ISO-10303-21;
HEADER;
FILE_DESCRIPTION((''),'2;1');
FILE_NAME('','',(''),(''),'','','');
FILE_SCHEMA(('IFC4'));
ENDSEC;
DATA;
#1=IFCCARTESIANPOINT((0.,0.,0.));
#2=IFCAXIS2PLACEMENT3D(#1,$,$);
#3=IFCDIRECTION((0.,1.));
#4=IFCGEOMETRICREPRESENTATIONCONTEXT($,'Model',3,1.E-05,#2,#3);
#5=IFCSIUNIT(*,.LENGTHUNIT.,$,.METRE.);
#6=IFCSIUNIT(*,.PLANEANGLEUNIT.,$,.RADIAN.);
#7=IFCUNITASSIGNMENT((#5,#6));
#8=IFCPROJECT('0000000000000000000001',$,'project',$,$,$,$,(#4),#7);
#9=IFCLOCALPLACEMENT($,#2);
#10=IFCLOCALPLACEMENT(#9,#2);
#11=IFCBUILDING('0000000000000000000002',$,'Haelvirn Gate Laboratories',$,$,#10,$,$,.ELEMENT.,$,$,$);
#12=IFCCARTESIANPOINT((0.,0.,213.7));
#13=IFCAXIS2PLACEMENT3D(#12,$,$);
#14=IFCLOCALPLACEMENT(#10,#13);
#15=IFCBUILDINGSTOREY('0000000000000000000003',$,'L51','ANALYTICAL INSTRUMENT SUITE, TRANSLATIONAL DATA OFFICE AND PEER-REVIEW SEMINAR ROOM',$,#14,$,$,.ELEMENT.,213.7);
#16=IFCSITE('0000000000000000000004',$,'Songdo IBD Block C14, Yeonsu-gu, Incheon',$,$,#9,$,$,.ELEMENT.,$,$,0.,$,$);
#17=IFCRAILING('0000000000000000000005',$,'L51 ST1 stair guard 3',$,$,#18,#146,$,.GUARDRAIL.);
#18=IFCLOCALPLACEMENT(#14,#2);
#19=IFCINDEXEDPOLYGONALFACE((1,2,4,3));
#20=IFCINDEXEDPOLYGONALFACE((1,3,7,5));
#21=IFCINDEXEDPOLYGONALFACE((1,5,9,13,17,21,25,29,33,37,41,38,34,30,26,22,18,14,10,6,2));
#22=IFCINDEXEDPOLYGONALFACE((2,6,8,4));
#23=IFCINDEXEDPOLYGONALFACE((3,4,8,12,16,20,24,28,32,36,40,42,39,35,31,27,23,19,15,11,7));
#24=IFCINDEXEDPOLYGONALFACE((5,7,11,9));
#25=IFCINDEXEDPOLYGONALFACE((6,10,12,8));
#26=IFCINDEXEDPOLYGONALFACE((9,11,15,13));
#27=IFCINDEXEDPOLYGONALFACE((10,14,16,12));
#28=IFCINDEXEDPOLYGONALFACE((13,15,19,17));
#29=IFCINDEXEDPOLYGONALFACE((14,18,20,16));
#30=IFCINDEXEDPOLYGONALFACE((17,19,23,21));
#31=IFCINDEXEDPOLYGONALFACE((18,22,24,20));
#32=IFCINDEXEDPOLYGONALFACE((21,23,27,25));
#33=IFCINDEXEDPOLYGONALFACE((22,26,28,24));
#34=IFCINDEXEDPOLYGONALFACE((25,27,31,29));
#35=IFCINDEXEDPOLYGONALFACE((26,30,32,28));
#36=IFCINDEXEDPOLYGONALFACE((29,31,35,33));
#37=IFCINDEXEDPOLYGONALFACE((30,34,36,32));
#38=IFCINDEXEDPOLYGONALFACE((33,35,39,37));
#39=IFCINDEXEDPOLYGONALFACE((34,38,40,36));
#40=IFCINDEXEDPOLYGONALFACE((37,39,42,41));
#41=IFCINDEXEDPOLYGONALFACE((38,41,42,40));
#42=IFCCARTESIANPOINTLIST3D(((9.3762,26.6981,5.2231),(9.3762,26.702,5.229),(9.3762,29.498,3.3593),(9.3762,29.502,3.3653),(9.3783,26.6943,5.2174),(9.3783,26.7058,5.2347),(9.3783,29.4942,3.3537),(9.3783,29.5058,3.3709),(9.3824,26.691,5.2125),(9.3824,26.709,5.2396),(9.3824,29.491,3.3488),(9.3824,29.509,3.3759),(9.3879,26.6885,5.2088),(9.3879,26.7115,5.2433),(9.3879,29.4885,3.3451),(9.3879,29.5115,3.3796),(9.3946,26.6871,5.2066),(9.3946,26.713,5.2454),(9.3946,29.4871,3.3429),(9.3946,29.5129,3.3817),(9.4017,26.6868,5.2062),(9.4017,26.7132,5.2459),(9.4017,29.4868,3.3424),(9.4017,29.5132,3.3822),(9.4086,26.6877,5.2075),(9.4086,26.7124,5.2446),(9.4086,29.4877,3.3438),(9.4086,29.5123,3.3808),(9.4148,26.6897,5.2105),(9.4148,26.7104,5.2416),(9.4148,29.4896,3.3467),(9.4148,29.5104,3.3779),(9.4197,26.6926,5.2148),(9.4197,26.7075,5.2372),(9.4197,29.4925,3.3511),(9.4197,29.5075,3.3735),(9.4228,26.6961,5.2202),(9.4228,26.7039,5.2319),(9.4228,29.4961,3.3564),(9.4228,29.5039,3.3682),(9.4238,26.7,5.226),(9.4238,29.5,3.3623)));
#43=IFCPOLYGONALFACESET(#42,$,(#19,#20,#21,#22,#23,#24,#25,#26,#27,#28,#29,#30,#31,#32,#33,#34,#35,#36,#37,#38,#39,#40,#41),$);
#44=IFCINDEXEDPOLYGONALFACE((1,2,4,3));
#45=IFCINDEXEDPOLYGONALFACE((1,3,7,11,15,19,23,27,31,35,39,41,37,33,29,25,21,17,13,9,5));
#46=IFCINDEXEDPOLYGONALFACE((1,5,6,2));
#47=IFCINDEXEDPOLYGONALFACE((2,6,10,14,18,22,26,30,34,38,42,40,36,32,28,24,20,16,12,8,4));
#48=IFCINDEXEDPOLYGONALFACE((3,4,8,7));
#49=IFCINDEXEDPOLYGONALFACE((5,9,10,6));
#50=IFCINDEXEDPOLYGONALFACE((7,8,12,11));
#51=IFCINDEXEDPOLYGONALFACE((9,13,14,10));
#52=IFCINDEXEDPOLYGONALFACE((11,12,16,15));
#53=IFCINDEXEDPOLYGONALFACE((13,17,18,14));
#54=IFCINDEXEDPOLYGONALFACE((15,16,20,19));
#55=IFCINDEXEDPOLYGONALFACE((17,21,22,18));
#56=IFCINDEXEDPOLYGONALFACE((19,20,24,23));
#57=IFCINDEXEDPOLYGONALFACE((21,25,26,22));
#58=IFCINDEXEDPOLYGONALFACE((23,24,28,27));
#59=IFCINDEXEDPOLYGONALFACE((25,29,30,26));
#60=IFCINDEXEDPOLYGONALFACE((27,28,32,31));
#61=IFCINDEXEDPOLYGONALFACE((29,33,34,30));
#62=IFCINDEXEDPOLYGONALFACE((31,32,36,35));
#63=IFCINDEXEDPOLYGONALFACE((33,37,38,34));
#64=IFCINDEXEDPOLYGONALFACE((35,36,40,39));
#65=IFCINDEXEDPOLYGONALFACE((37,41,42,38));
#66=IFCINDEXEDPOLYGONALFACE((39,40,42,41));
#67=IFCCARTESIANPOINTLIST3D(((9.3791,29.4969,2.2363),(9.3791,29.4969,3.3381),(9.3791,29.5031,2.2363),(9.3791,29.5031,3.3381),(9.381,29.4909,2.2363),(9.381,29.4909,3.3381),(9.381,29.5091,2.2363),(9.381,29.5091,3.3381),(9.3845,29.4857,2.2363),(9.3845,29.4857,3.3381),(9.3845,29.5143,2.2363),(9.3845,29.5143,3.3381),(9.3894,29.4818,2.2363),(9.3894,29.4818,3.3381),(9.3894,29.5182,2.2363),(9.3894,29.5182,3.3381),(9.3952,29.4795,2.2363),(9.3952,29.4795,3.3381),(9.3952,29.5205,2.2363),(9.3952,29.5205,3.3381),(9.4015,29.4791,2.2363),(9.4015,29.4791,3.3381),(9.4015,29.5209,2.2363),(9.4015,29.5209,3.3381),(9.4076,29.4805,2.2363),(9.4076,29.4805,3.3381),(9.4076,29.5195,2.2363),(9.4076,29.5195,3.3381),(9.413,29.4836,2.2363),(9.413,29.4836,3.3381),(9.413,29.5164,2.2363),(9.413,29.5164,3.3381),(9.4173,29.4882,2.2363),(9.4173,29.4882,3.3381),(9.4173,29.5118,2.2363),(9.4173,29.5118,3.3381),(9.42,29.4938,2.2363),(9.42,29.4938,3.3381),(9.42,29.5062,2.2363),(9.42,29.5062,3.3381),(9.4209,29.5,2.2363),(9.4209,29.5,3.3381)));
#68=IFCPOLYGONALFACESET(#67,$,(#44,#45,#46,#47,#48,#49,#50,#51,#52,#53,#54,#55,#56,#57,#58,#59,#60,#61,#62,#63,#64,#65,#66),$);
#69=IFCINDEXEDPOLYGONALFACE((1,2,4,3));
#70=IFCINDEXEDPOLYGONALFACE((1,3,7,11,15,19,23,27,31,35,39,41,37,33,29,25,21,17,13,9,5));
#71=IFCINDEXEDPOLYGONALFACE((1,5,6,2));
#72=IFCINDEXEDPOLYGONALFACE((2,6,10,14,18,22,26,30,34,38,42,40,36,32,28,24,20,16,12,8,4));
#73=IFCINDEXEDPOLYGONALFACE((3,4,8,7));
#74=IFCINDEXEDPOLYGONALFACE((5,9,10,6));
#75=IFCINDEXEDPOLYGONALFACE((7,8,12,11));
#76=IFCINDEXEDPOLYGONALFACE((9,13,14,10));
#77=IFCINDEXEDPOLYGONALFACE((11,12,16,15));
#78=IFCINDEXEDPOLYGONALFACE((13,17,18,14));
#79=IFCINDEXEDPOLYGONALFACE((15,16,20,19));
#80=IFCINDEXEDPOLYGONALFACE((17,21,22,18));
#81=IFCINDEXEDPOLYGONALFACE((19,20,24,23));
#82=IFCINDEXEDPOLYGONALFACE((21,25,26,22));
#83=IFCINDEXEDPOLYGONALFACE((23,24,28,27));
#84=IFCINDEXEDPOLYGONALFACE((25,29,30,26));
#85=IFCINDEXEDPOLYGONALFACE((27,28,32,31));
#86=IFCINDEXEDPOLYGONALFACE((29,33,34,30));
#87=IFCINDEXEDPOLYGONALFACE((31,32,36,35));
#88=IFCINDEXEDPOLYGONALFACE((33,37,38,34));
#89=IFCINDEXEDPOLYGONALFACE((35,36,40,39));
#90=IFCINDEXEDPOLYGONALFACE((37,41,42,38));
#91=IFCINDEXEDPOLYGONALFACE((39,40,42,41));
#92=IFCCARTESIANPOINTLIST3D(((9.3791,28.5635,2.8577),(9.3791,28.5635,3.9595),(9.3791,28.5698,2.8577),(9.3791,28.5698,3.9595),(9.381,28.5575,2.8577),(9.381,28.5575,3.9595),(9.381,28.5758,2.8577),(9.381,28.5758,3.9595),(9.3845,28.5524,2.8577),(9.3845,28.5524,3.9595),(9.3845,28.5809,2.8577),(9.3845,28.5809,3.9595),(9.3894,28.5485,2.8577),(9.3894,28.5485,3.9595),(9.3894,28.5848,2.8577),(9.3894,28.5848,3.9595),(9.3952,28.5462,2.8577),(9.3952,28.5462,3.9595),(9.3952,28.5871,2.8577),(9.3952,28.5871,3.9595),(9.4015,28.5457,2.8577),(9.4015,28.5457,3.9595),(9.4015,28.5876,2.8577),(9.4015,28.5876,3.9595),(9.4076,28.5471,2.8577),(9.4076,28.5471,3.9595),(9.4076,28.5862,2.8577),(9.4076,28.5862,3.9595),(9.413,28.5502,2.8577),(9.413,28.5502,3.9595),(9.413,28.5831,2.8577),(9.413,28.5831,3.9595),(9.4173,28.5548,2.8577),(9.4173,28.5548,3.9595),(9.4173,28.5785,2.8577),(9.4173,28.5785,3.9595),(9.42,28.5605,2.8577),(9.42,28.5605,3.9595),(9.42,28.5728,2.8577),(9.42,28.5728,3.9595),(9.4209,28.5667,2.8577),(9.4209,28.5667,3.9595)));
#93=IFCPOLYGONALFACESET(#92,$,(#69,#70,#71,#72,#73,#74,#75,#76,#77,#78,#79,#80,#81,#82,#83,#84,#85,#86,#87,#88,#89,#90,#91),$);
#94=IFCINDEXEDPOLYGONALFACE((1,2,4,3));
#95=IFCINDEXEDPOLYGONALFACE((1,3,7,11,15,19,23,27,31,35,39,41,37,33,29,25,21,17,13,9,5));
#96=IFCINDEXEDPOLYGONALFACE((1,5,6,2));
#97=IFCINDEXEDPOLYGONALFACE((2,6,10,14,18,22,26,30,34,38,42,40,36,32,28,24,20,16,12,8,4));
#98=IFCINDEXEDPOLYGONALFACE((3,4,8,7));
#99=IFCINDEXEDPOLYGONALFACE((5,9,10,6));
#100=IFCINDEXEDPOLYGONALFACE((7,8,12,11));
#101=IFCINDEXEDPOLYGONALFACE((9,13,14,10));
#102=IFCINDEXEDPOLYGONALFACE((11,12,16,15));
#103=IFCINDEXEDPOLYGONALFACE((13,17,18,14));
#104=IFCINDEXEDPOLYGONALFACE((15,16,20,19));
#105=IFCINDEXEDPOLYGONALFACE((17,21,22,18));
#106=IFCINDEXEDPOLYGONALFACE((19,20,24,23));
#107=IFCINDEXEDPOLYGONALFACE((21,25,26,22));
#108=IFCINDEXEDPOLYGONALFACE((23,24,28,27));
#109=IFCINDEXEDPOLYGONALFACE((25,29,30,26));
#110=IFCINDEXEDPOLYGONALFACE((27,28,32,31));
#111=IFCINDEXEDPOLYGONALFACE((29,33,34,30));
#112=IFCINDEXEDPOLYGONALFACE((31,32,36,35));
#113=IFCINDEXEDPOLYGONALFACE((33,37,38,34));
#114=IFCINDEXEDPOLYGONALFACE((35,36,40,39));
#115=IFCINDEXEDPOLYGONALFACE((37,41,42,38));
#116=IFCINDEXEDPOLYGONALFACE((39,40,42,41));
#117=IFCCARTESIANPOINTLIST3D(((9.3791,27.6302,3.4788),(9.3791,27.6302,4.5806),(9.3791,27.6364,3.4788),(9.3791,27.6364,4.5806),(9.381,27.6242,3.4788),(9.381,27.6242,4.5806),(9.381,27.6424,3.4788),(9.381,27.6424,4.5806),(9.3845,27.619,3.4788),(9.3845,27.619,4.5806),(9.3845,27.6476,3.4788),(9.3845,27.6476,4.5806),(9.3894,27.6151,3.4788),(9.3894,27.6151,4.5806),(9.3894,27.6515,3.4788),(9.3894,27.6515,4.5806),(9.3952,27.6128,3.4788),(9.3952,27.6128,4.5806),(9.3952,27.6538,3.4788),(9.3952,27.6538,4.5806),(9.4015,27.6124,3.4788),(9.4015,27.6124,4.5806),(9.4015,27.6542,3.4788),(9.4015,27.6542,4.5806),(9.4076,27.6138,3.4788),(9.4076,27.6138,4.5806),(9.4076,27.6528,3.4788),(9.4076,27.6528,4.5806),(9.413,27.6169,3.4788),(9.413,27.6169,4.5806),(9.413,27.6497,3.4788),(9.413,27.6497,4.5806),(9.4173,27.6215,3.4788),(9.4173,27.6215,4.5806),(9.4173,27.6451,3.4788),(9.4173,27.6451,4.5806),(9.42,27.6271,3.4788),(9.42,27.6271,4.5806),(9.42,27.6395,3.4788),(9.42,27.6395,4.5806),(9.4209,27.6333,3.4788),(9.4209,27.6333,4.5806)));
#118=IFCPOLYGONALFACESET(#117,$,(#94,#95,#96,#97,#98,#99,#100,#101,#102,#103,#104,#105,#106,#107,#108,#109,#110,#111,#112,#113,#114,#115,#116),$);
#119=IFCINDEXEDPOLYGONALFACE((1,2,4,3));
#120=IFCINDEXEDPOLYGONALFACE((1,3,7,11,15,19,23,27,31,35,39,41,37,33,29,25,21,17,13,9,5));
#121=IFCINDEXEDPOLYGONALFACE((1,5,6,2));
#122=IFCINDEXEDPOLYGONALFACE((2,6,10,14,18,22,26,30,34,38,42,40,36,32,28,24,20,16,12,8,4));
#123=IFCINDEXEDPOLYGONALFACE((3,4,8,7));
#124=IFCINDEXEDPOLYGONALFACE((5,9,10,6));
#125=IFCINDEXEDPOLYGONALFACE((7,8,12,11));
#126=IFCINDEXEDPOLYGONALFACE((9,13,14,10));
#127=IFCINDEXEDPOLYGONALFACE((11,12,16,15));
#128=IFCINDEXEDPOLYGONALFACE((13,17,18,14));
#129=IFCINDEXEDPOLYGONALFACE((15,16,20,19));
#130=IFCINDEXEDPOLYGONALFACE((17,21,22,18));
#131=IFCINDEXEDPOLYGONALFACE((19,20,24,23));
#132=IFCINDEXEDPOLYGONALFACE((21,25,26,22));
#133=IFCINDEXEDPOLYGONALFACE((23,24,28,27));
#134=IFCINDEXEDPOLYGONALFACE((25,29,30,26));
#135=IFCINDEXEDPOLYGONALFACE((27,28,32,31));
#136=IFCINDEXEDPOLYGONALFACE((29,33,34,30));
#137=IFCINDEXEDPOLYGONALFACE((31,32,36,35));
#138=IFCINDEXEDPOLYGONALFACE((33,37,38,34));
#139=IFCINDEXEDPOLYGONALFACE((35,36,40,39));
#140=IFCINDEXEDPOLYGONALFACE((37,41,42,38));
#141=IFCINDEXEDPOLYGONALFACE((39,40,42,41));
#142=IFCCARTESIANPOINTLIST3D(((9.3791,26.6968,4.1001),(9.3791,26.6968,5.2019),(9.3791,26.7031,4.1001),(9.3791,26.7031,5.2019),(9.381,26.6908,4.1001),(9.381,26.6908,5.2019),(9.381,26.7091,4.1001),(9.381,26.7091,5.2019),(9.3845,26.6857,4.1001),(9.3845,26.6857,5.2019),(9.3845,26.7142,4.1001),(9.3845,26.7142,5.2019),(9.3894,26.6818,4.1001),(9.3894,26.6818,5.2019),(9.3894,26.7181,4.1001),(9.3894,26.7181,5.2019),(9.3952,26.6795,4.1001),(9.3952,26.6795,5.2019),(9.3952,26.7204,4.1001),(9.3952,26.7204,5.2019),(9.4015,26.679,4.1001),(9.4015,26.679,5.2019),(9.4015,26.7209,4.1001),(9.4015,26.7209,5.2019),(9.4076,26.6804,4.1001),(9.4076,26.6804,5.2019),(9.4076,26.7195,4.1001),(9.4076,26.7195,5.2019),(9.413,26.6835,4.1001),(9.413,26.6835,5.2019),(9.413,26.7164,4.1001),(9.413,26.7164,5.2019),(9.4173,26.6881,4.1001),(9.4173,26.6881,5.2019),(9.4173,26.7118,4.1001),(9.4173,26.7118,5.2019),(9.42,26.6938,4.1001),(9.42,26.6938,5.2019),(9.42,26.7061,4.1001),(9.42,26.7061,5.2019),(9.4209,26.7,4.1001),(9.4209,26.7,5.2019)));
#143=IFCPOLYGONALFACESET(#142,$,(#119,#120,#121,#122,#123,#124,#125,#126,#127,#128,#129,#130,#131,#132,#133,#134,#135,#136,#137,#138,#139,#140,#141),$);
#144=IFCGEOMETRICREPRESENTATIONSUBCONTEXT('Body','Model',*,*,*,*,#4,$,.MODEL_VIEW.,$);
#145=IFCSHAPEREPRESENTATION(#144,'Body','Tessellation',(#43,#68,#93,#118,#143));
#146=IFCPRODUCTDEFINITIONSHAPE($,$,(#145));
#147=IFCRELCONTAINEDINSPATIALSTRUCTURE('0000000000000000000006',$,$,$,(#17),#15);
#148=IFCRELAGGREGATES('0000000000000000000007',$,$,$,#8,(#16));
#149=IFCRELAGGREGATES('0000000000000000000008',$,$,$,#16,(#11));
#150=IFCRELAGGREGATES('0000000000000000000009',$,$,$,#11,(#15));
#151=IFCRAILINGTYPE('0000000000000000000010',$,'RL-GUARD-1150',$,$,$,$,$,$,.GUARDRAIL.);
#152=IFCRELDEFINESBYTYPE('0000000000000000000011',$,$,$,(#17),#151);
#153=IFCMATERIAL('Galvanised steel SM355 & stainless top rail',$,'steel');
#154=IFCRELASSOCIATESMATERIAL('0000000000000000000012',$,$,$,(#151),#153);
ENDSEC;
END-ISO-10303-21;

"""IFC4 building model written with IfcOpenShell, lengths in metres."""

from ifc_helpers import new_model, si_unit, direction, frame, origin, origin_2d, place, context, subcontext, project, spatial, circle, extrude, source, transform, mapped, material, type_object, element, save


model = new_model("IFC4")

# Units and contexts
model_context = context("Model", 3, precision=1e-05, world=origin(), true_north=direction((0.0, 1.0)))
body_context = subcontext(model_context, "Body", "Model", "MODEL_VIEW")
ifc_project = project(units=[si_unit("LENGTHUNIT", "METRE"), si_unit("PLANEANGLEUNIT", "RADIAN")], contexts=[model_context])

# Site, building, storey
site_placement = place(None, origin())
site = spatial("IfcSite", under=ifc_project, at=site_placement, Name="Songdo IBD Block C14, Yeonsu-gu, Incheon", CompositionType="ELEMENT", RefElevation=0.0)
building_placement = place(site_placement, origin())
building = spatial("IfcBuilding", under=site, at=building_placement, Name="Haelvirn Gate Laboratories", CompositionType="ELEMENT")
storey_placement = place(building_placement, frame((0.0, 0.0, 213.7)))
storey = spatial("IfcBuildingStorey", under=building, at=storey_placement, Name="L51", Description="ANALYTICAL INSTRUMENT SUITE, TRANSLATIONAL DATA OFFICE AND PEER-REVIEW SEMINAR ROOM", CompositionType="ELEMENT", Elevation=213.7)

# Railing
ifc_material_1 = material(Name="Galvanised steel SM355 & stainless top rail", Category="steel")
railing_type_1 = type_object("IfcRailingType", Name="RL-GUARD-1150", PredefinedType="GUARDRAIL", material=ifc_material_1)
shared_shape_1 = source(origin(), body_context, "Body", "SweptSolid", [
    extrude(circle(Radius=0.0239, at=origin_2d()), frame((0.0, 0.0, 1.126), z_axis=(0.0, -0.832452, 0.554097), x_axis=(1.0, 0.0, 0.0)), (0.0, 0.0, 1.0), 3.3635),
    extrude(circle(Radius=0.021, at=origin_2d()), origin(), (0.0, 0.0, 1.0), 1.1018),
    extrude(circle(Radius=0.021, at=origin_2d()), frame((0.0, -0.9333, 0.6213)), (0.0, 0.0, 1.0), 1.1018),
    extrude(circle(Radius=0.021, at=origin_2d()), frame((0.0, -1.8667, 1.2424)), (0.0, 0.0, 1.0), 1.1018),
    extrude(circle(Radius=0.021, at=origin_2d()), frame((0.0, -2.8, 1.8638)), (0.0, 0.0, 1.0), 1.1018),
])
railing_1_placement = place(storey_placement, frame((9.3999, 29.5, 2.2363)))
element("IfcRailing", 1, at=railing_1_placement, inside=storey, type_object=railing_type_1, Name="L51 ST1 stair guard 3", PredefinedType="GUARDRAIL", context=body_context, shape_type="MappedRepresentation", body=[
    mapped(shared_shape_1, transform((0.0, 0.0, 0.0), scale=1.0)),
])

save(model, "model.ifc")
